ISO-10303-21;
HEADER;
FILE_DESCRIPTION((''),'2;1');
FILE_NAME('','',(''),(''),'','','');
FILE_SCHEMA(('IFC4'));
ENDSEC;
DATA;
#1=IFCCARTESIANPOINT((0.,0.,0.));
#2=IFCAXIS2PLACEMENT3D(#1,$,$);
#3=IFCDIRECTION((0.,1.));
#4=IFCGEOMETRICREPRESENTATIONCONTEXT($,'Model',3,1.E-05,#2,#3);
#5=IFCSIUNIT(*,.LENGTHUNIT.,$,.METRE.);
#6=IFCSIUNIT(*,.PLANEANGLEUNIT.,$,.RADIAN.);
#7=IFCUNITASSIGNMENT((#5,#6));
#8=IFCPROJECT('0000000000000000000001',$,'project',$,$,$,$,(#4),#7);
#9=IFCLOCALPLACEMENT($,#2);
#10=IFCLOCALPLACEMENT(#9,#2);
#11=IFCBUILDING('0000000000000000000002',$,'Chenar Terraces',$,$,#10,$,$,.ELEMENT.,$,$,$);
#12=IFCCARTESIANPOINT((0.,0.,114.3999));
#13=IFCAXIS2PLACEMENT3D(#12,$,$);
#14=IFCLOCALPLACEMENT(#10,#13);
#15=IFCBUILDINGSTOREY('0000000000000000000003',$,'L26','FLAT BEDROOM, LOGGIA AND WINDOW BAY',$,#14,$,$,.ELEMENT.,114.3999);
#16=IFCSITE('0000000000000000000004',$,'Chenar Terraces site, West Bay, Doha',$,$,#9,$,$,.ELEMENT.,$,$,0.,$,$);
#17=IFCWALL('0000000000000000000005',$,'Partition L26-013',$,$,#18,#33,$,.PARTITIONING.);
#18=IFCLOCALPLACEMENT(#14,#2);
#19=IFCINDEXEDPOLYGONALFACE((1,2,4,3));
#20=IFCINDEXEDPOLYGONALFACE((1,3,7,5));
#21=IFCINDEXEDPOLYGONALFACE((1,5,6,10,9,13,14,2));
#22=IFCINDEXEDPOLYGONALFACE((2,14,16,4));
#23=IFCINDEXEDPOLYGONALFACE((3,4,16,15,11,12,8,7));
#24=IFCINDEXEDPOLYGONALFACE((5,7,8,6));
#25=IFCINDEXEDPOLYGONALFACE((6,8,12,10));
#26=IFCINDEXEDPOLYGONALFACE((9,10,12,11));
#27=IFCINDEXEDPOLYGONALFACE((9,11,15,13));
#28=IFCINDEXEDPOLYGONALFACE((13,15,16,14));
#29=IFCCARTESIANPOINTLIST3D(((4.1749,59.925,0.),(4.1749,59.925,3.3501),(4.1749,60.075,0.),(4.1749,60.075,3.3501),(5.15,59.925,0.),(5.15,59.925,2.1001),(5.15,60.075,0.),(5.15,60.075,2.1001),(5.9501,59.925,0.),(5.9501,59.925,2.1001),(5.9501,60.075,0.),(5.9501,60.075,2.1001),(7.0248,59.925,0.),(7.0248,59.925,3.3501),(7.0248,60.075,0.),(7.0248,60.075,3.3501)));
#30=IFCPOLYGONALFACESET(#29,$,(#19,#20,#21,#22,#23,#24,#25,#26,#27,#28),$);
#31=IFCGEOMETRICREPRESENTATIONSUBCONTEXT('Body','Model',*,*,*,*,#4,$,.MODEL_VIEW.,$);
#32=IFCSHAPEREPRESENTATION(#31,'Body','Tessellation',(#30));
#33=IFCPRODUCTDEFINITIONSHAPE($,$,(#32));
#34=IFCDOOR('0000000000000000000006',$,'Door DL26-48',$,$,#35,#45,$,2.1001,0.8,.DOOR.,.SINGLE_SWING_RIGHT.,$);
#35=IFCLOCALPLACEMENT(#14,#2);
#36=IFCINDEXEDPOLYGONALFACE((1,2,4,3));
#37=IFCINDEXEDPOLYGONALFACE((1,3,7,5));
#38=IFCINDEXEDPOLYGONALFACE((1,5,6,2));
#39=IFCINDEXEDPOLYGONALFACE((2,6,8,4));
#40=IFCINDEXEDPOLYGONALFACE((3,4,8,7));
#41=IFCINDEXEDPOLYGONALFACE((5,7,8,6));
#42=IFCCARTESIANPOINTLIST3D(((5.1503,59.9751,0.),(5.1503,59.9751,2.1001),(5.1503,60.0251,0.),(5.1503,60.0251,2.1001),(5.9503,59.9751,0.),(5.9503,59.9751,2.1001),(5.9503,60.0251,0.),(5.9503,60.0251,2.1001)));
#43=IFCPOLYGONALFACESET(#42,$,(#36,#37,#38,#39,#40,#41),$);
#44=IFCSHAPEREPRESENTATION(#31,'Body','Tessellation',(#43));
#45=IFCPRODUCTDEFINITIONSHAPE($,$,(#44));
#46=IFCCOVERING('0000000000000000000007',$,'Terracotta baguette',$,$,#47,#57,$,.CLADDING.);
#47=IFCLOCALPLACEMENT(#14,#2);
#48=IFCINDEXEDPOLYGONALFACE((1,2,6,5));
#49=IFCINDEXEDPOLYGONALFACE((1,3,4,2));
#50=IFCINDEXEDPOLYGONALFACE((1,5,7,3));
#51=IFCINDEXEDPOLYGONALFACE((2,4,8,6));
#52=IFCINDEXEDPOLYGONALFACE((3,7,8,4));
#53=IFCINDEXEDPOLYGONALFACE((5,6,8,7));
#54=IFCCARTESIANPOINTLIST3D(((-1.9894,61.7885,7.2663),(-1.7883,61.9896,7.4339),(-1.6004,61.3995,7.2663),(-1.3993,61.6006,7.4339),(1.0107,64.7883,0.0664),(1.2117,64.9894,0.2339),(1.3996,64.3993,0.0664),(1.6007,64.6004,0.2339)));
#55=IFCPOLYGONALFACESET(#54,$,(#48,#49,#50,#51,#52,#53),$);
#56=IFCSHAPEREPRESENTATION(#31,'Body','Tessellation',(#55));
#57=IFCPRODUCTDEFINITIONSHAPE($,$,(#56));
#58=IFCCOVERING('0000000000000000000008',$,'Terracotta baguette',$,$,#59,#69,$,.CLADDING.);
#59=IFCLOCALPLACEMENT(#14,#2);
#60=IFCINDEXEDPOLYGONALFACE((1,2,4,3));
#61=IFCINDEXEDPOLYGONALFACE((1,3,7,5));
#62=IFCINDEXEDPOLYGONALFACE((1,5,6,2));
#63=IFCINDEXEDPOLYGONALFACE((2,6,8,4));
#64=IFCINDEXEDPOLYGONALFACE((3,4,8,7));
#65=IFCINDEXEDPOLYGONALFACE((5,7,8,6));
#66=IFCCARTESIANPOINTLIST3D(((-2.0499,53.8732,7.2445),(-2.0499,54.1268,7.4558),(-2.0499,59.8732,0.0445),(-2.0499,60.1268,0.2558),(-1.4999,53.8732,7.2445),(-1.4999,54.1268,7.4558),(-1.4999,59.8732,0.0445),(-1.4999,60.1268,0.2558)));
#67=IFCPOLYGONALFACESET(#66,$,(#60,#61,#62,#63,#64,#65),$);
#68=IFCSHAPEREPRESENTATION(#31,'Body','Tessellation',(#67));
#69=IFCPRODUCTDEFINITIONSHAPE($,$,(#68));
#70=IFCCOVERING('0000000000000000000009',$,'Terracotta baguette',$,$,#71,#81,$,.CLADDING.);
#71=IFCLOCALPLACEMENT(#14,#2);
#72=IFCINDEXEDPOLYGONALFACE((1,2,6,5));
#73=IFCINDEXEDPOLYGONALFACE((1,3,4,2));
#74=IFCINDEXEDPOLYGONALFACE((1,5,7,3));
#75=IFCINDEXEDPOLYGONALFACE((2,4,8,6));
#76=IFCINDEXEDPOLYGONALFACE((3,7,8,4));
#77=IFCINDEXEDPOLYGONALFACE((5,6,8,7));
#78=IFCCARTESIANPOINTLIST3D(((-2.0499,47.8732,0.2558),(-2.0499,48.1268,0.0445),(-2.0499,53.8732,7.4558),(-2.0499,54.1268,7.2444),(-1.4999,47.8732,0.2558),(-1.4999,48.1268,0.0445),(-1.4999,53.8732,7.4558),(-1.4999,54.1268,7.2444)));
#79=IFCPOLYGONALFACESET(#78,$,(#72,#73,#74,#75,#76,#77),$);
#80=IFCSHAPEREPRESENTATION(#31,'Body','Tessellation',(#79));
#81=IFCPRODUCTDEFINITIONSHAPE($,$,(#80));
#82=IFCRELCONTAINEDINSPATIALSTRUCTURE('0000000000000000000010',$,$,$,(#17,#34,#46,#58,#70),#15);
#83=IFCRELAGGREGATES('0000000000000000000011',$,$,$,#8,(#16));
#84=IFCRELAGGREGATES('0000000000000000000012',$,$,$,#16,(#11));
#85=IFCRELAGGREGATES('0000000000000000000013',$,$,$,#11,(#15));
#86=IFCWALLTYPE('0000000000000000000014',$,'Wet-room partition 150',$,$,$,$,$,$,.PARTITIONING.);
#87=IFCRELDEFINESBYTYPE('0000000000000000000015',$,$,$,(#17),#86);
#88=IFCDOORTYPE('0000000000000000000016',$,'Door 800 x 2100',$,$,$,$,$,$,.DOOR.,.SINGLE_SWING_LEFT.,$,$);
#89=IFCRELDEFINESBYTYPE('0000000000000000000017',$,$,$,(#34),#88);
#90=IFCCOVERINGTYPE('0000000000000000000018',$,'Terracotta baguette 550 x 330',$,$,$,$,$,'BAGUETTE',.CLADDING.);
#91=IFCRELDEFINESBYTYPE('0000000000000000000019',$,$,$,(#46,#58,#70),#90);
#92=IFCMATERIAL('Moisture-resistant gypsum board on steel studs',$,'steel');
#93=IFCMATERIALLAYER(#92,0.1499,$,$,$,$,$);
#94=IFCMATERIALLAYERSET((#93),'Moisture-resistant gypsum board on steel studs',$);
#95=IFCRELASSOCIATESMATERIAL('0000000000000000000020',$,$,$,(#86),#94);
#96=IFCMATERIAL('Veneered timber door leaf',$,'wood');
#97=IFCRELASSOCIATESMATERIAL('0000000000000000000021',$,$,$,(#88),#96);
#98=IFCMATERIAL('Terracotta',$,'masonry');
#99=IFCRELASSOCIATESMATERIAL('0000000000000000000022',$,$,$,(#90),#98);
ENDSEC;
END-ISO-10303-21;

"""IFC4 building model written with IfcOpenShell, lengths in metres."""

from ifc_helpers import new_model, si_unit, direction, frame, frame_2d, origin, origin_2d, place, context, subcontext, project, spatial, rectangle, extrude, material, layer, layer_set, material_profile, profile_set, type_object, element, fill, save


model = new_model("IFC4")

# Units and contexts
model_context = context("Model", 3, precision=1e-05, world=origin(), true_north=direction((0.0, 1.0)))
body_context = subcontext(model_context, "Body", "Model", "MODEL_VIEW")
ifc_project = project(units=[si_unit("LENGTHUNIT", "METRE"), si_unit("PLANEANGLEUNIT", "RADIAN")], contexts=[model_context])

# Site, building, storey
site_placement = place(None, origin())
site = spatial("IfcSite", under=ifc_project, at=site_placement, Name="Chenar Terraces site, West Bay, Doha", CompositionType="ELEMENT", RefElevation=0.0)
building_placement = place(site_placement, origin())
building = spatial("IfcBuilding", under=site, at=building_placement, Name="Chenar Terraces", CompositionType="ELEMENT")
storey_placement = place(building_placement, frame((0.0, 0.0, 114.3999)))
storey = spatial("IfcBuildingStorey", under=building, at=storey_placement, Name="L26", Description="FLAT BEDROOM, LOGGIA AND WINDOW BAY", CompositionType="ELEMENT", Elevation=114.3999)

# Shared definitions
ifc_material_1 = material(Name="Moisture-resistant gypsum board on steel studs", Category="steel")
ifc_layer_1 = layer(ifc_material_1, 0.1499)
ifc_layer_set_1 = layer_set([ifc_layer_1], Name="Moisture-resistant gypsum board on steel studs")
wall_type_1 = type_object("IfcWallType", Name="Wet-room partition 150", PredefinedType="PARTITIONING", material=ifc_layer_set_1)

# Wall, opening, door
wall_1_placement = place(storey_placement, frame((4.175, 60.0, 0.0), z_axis=(0.0, 0.0, 1.0), x_axis=(1.0, 0.0, 0.0)))
wall_1 = element("IfcWall", 1, at=wall_1_placement, inside=storey, type_object=wall_type_1, Name="Partition L26-013", PredefinedType="PARTITIONING", context=body_context, shape_type="SweptSolid", body=[
    extrude(rectangle(XDim=2.8499, YDim=0.1499, at=frame_2d((1.4248, 0.0))), origin(), (0.0, 0.0, 1.0), 3.3501),
])
opening_1_placement = place(wall_1_placement, frame((0.9751, 0.0, 0.0)))
opening_1 = element("IfcOpeningElement", 2, at=opening_1_placement, cuts=wall_1, PredefinedType="OPENING", context=body_context, shape_type="SweptSolid", body=[
    extrude(rectangle(XDim=0.8, YDim=2.1001, at=frame_2d((0.3999, 1.05))), frame((0.0, 0.085, 0.0), z_axis=(0.0, -1.0, 0.0), x_axis=(1.0, 0.0, 0.0)), (0.0, 0.0, 1.0), 0.1699),
])
ifc_material_2 = material(Name="Veneered timber door leaf", Category="wood")
door_type = type_object("IfcDoorType", Name="Door 800 x 2100", OperationType="SINGLE_SWING_LEFT", PredefinedType="DOOR", material=ifc_material_2)
door_placement = place(opening_1_placement, frame((0.8, 0.0, 0.0), z_axis=(0.0, 0.0, 1.0), x_axis=(-1.0, 0.0, 0.0)))
door = element("IfcDoor", 3, at=door_placement, inside=storey, type_object=door_type, Name="Door DL26-48", OperationType="SINGLE_SWING_RIGHT", OverallHeight=2.1001, OverallWidth=0.8, PredefinedType="DOOR", context=body_context, shape_type="SweptSolid", body=[
    extrude(rectangle(XDim=0.8, YDim=2.1001, at=frame_2d((0.3999, 1.05))), frame((0.0, 0.0249, 0.0), z_axis=(0.0, -1.0, 0.0), x_axis=(1.0, 0.0, 0.0)), (0.0, 0.0, 1.0), 0.05),
])
fill(opening_1, door)

# Coverings
ifc_material_3 = material(Name="Terracotta", Category="masonry")
ifc_material_profile_1 = material_profile(ifc_material_3, rectangle(XDim=0.55, YDim=0.3301, at=origin_2d()), Name="Terracotta baguette 550 x 330")
ifc_profile_set_1 = profile_set([ifc_material_profile_1], Name="Terracotta")
covering_type = type_object("IfcCoveringType", Name="Terracotta baguette 550 x 330", ElementType="BAGUETTE", PredefinedType="CLADDING", material=ifc_profile_set_1)
covering_placement = place(storey_placement, frame((1.3057, 64.6943, 0.1501), z_axis=(-0.358985, -0.358955, 0.861557), x_axis=(0.707078, -0.707136, 0.0)))
element("IfcCovering", 4, at=covering_placement, inside=storey, type_object=covering_type, Name="Terracotta baguette", PredefinedType="CLADDING", context=body_context, shape_type="SweptSolid", body=[
    extrude(rectangle(XDim=0.55, YDim=0.3301, at=origin_2d()), origin(), (0.0, 0.0, 1.0), 8.3569),
])
for number, where, z_axis, x_axis, name in (
    (5, (-1.7749, 60.0, 0.1501), (0.0, -0.640187, 0.768219), (1.0, 0.0, 0.0), "Terracotta baguette"),
    (6, (-1.7749, 54.0, 7.3501), (0.0, -0.640187, -0.768219), (1.0, 0.0, 0.0), "Terracotta baguette"),
):
    element("IfcCovering", number, at=place(storey_placement, frame(where, z_axis=z_axis, x_axis=x_axis)), inside=storey, type_object=covering_type, Name=name, PredefinedType="CLADDING", context=body_context, shape_type="SweptSolid", body=[
        extrude(rectangle(XDim=0.55, YDim=0.3301, at=origin_2d()), origin(), (0.0, 0.0, 1.0), 9.3723),
    ])

save(model, "model.ifc")
